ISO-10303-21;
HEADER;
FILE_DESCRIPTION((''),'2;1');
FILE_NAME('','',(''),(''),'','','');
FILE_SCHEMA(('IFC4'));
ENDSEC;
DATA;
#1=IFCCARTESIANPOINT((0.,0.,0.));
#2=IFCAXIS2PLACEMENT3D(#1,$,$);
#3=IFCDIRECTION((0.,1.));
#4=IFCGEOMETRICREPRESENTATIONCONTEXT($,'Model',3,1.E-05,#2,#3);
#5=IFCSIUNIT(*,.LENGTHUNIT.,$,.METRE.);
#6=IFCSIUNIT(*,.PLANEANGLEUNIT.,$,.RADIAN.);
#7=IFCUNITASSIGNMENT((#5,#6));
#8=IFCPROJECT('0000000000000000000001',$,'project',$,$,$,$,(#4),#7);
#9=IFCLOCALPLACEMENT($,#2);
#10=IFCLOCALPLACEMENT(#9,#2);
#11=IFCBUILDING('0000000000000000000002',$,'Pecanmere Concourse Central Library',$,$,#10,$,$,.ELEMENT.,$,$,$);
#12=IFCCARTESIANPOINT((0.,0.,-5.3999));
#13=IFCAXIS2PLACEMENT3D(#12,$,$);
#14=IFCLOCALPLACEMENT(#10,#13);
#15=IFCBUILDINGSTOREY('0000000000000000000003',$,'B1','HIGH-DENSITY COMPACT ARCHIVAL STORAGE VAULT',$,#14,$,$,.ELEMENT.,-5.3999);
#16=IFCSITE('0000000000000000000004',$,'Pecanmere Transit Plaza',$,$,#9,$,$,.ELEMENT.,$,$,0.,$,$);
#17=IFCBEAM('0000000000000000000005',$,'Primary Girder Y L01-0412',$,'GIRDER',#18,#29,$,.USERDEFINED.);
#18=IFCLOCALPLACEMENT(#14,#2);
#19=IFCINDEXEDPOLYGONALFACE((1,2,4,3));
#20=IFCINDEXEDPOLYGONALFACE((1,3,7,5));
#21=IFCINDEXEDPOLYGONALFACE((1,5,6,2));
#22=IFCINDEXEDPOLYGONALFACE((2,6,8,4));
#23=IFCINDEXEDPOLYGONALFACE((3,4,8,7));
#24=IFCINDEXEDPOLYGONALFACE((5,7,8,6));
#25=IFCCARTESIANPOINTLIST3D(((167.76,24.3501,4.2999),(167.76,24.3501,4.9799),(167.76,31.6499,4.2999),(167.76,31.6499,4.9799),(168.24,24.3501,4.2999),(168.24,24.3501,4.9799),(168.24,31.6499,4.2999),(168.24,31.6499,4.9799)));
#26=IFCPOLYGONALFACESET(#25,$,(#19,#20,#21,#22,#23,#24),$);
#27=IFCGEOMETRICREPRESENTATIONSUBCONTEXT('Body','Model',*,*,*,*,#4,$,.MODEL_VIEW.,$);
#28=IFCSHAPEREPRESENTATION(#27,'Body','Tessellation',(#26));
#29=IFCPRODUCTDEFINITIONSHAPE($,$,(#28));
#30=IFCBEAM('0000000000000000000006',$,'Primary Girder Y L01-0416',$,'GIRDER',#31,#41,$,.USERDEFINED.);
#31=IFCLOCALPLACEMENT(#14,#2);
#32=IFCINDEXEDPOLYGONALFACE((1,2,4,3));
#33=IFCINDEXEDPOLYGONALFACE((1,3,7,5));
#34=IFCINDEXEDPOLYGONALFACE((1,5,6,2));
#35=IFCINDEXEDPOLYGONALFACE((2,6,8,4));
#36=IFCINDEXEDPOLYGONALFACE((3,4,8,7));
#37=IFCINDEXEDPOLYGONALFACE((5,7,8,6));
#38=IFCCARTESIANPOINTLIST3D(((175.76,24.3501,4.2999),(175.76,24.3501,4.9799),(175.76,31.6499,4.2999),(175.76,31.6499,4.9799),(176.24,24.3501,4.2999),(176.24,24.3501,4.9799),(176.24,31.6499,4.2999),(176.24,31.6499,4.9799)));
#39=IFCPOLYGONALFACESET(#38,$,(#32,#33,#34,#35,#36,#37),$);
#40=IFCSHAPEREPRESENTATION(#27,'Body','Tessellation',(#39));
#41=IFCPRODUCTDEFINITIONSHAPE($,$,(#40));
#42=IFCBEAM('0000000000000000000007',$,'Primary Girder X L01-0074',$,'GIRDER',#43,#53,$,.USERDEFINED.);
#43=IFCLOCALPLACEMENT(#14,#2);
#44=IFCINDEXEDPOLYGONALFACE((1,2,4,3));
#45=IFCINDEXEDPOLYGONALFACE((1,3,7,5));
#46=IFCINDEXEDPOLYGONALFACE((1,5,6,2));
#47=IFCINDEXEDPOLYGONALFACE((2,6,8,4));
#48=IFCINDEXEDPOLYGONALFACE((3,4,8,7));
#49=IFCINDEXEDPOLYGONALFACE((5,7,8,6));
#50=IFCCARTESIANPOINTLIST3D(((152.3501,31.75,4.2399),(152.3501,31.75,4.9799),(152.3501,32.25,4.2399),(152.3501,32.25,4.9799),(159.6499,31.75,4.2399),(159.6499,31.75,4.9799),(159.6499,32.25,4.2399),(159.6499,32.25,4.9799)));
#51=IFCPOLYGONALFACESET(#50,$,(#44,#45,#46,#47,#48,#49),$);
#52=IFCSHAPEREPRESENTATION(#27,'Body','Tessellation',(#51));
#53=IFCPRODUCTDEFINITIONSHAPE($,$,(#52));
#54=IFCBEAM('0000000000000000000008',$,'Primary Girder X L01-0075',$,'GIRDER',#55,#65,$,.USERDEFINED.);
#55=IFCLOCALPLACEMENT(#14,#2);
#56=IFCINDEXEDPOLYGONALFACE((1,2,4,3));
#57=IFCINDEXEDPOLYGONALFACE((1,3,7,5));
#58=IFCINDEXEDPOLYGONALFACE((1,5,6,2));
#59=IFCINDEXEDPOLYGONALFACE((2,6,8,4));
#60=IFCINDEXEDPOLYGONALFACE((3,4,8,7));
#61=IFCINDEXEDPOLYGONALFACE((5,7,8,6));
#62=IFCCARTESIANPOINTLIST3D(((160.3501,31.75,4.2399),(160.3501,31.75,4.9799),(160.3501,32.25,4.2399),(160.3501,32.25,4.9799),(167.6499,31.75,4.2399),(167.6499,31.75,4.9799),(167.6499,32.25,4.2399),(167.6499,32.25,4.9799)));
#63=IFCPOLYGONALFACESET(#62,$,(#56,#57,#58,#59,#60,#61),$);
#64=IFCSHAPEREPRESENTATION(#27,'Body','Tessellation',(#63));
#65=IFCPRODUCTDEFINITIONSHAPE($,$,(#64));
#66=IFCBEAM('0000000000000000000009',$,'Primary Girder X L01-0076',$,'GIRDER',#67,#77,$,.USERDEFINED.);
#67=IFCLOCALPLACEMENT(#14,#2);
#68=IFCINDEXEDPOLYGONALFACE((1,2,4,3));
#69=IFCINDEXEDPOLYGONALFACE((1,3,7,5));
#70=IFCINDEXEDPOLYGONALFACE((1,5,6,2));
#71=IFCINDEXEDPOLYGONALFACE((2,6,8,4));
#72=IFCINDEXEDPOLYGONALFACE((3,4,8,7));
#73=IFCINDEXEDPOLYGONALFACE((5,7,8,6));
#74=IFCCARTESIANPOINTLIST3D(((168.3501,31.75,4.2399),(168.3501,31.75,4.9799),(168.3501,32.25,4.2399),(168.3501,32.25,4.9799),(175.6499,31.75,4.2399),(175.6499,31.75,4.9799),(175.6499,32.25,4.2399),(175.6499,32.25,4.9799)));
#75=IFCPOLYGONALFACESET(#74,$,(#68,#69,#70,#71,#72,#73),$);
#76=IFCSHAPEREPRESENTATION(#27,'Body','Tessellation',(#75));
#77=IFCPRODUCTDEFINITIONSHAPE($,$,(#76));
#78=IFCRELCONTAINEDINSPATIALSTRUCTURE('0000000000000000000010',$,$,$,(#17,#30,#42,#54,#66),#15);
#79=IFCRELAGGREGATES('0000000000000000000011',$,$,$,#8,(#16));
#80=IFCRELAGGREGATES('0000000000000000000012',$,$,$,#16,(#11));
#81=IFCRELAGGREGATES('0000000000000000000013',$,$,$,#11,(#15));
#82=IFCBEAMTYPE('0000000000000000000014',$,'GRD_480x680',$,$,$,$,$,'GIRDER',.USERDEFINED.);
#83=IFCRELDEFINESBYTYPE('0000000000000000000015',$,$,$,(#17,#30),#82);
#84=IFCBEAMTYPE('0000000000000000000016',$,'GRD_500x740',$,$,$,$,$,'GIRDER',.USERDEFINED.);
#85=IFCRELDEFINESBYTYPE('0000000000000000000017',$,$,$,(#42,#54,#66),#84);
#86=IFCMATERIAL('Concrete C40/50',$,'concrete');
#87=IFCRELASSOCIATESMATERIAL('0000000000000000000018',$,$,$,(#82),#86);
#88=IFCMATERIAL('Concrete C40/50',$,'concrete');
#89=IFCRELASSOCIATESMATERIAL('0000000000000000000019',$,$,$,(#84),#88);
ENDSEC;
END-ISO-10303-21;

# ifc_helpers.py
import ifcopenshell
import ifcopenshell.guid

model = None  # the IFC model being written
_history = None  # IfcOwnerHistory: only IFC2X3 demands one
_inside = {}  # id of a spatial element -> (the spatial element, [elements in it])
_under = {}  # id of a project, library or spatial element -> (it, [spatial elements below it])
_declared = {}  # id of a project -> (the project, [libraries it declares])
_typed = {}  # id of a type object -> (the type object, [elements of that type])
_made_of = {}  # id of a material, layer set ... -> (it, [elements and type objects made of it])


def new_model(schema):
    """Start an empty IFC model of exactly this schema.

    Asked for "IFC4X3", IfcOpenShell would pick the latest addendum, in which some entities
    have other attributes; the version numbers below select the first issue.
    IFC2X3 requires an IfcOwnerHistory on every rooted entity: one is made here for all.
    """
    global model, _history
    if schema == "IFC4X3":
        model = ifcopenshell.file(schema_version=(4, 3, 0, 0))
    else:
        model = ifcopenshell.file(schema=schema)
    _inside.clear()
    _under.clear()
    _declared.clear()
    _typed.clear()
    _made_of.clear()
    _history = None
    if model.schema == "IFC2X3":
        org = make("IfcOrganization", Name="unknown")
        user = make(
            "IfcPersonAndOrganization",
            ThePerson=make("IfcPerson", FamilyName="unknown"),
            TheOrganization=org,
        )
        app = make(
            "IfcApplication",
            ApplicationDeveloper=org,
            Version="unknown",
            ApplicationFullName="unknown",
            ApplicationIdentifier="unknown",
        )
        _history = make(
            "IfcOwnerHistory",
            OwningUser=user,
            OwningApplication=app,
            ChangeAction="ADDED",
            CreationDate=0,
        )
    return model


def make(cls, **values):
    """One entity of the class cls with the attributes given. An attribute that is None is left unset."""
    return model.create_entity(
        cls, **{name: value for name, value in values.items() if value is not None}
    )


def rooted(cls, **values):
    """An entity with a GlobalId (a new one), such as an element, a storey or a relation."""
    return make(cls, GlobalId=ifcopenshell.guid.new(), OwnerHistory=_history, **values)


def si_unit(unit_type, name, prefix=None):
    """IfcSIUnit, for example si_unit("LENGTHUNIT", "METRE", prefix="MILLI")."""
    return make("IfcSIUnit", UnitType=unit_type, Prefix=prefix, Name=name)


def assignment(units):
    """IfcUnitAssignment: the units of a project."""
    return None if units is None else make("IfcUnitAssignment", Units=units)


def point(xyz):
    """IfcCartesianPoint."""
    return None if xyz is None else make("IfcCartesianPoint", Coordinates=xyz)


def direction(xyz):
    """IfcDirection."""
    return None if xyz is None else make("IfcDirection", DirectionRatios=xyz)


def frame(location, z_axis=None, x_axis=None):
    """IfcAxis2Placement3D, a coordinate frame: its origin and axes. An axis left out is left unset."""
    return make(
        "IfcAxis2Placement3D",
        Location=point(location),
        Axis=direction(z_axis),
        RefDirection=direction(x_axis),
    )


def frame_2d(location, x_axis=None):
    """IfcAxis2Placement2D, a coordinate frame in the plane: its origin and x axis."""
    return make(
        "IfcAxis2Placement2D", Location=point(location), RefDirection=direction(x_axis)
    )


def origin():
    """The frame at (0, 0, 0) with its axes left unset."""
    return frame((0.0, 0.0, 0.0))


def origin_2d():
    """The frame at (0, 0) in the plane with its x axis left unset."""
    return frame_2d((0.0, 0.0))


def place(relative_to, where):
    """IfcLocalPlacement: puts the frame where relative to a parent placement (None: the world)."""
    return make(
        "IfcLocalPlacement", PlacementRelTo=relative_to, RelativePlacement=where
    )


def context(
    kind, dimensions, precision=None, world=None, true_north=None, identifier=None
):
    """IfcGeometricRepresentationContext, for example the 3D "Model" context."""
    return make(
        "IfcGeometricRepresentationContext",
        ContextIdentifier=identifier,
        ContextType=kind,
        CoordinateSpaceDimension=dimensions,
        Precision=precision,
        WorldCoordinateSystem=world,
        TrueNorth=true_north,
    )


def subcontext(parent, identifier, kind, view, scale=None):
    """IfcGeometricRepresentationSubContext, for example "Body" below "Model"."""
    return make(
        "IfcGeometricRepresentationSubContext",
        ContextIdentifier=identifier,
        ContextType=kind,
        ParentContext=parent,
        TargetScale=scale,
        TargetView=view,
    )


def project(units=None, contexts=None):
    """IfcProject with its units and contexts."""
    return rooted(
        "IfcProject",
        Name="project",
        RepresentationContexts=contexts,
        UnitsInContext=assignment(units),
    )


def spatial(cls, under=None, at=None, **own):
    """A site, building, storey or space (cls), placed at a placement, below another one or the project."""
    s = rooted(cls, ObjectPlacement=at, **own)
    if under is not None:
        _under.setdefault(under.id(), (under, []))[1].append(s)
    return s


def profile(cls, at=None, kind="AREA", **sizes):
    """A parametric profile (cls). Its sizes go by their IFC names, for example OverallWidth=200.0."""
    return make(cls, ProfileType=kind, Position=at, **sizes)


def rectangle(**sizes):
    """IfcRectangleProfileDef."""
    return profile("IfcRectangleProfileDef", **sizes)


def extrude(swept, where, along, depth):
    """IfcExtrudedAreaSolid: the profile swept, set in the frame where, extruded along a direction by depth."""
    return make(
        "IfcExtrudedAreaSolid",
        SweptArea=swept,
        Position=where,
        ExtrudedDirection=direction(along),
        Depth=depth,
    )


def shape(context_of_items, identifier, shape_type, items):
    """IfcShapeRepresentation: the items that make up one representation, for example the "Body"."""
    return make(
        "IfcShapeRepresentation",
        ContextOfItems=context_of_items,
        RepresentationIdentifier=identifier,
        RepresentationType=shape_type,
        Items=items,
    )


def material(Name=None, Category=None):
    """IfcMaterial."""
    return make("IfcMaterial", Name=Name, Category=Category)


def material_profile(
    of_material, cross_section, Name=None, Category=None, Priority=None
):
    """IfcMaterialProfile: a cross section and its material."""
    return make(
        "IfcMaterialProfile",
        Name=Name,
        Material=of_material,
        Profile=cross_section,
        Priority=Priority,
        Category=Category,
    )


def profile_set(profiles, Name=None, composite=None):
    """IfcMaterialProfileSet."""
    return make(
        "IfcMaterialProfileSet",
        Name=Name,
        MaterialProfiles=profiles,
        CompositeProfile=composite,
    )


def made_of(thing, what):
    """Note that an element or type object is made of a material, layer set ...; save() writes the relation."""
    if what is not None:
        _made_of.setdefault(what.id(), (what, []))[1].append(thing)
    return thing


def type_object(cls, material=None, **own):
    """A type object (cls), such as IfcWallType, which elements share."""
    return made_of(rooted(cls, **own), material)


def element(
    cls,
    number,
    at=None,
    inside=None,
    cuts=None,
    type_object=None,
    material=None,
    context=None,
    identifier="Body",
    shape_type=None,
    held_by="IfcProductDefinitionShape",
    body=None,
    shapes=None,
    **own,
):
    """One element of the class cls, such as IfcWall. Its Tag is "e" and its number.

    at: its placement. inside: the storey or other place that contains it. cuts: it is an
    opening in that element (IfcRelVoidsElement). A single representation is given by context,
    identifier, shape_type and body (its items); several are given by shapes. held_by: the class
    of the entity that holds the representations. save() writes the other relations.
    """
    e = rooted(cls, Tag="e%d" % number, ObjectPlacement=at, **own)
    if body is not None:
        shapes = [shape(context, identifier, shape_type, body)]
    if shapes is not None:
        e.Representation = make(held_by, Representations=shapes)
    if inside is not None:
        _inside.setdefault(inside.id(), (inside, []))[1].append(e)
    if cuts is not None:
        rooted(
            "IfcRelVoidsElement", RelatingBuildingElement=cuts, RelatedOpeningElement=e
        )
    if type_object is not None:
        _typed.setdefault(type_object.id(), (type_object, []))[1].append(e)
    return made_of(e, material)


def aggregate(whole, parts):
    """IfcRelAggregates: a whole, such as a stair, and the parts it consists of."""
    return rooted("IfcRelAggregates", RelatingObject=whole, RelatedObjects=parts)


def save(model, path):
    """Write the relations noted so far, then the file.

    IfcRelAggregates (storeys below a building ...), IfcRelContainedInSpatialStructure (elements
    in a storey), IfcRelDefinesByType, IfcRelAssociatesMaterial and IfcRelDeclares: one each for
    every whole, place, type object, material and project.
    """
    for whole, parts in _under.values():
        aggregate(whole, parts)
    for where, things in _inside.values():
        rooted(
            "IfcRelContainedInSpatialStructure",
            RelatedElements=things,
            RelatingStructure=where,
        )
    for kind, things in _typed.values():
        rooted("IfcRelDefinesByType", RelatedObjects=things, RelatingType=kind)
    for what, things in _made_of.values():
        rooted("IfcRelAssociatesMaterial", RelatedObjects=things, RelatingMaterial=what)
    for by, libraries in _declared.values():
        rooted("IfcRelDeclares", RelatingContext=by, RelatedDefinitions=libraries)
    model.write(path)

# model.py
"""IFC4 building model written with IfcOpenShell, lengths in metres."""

from ifc_helpers import new_model, si_unit, direction, frame, origin, origin_2d, place, context, subcontext, project, spatial, rectangle, extrude, material, material_profile, profile_set, type_object, element, save


model = new_model("IFC4")

# Units and contexts
model_context = context("Model", 3, precision=1e-05, world=origin(), true_north=direction((0.0, 1.0)))
body_context = subcontext(model_context, "Body", "Model", "MODEL_VIEW")
ifc_project = project(units=[si_unit("LENGTHUNIT", "METRE"), si_unit("PLANEANGLEUNIT", "RADIAN")], contexts=[model_context])

# Site, building, storey
site_placement = place(None, origin())
site = spatial("IfcSite", under=ifc_project, at=site_placement, Name="Pecanmere Transit Plaza", CompositionType="ELEMENT", RefElevation=0.0)
building_placement = place(site_placement, origin())
building = spatial("IfcBuilding", under=site, at=building_placement, Name="Pecanmere Concourse Central Library", CompositionType="ELEMENT")
storey_placement = place(building_placement, frame((0.0, 0.0, -5.3999)))
storey = spatial("IfcBuildingStorey", under=building, at=storey_placement, Name="B1", Description="HIGH-DENSITY COMPACT ARCHIVAL STORAGE VAULT", CompositionType="ELEMENT", Elevation=-5.3999)

# Beams
ifc_material_1 = material(Name="Concrete C40/50", Category="concrete")
ifc_material_profile_1 = material_profile(ifc_material_1, rectangle(XDim=0.48, YDim=0.6799, at=origin_2d()), Name="RC 480x680")
ifc_profile_set_1 = profile_set([ifc_material_profile_1], Name="Concrete C40/50")
beam_type_1 = type_object("IfcBeamType", Name="GRD_480x680", ElementType="GIRDER", PredefinedType="USERDEFINED", material=ifc_profile_set_1)
for number, where, z_axis, x_axis, name in (
    (1, (168.0, 24.3501, 4.6399), (0.0, 1.0, 0.0), (-1.0, 0.0, 0.0), "Primary Girder Y L01-0412"),
    (2, (176.0, 24.3501, 4.6399), (0.0, 1.0, 0.0), (-1.0, 0.0, 0.0), "Primary Girder Y L01-0416"),
):
    element("IfcBeam", number, at=place(storey_placement, frame(where, z_axis=z_axis, x_axis=x_axis)), inside=storey, type_object=beam_type_1, Name=name, ObjectType="GIRDER", PredefinedType="USERDEFINED", context=body_context, shape_type="SweptSolid", body=[
        extrude(rectangle(XDim=0.48, YDim=0.6799, at=origin_2d()), origin(), (0.0, 0.0, 1.0), 7.2998),
    ])
ifc_material_2 = material(Name="Concrete C40/50", Category="concrete")
ifc_material_profile_2 = material_profile(ifc_material_2, rectangle(XDim=0.5, YDim=0.74, at=origin_2d()), Name="RC 500x740")
ifc_profile_set_2 = profile_set([ifc_material_profile_2], Name="Concrete C40/50")
beam_type_2 = type_object("IfcBeamType", Name="GRD_500x740", ElementType="GIRDER", PredefinedType="USERDEFINED", material=ifc_profile_set_2)
for number, where, z_axis, x_axis, name in (
    (3, (152.3501, 32.0, 4.6099), (1.0, 0.0, 0.0), (0.0, 1.0, 0.0), "Primary Girder X L01-0074"),
    (4, (160.3501, 32.0, 4.6099), (1.0, 0.0, 0.0), (0.0, 1.0, 0.0), "Primary Girder X L01-0075"),
    (5, (168.3501, 32.0, 4.6099), (1.0, 0.0, 0.0), (0.0, 1.0, 0.0), "Primary Girder X L01-0076"),
):
    element("IfcBeam", number, at=place(storey_placement, frame(where, z_axis=z_axis, x_axis=x_axis)), inside=storey, type_object=beam_type_2, Name=name, ObjectType="GIRDER", PredefinedType="USERDEFINED", context=body_context, shape_type="SweptSolid", body=[
        extrude(rectangle(XDim=0.5, YDim=0.74, at=origin_2d()), origin(), (0.0, 0.0, 1.0), 7.2998),
    ])

save(model, "model.ifc")
